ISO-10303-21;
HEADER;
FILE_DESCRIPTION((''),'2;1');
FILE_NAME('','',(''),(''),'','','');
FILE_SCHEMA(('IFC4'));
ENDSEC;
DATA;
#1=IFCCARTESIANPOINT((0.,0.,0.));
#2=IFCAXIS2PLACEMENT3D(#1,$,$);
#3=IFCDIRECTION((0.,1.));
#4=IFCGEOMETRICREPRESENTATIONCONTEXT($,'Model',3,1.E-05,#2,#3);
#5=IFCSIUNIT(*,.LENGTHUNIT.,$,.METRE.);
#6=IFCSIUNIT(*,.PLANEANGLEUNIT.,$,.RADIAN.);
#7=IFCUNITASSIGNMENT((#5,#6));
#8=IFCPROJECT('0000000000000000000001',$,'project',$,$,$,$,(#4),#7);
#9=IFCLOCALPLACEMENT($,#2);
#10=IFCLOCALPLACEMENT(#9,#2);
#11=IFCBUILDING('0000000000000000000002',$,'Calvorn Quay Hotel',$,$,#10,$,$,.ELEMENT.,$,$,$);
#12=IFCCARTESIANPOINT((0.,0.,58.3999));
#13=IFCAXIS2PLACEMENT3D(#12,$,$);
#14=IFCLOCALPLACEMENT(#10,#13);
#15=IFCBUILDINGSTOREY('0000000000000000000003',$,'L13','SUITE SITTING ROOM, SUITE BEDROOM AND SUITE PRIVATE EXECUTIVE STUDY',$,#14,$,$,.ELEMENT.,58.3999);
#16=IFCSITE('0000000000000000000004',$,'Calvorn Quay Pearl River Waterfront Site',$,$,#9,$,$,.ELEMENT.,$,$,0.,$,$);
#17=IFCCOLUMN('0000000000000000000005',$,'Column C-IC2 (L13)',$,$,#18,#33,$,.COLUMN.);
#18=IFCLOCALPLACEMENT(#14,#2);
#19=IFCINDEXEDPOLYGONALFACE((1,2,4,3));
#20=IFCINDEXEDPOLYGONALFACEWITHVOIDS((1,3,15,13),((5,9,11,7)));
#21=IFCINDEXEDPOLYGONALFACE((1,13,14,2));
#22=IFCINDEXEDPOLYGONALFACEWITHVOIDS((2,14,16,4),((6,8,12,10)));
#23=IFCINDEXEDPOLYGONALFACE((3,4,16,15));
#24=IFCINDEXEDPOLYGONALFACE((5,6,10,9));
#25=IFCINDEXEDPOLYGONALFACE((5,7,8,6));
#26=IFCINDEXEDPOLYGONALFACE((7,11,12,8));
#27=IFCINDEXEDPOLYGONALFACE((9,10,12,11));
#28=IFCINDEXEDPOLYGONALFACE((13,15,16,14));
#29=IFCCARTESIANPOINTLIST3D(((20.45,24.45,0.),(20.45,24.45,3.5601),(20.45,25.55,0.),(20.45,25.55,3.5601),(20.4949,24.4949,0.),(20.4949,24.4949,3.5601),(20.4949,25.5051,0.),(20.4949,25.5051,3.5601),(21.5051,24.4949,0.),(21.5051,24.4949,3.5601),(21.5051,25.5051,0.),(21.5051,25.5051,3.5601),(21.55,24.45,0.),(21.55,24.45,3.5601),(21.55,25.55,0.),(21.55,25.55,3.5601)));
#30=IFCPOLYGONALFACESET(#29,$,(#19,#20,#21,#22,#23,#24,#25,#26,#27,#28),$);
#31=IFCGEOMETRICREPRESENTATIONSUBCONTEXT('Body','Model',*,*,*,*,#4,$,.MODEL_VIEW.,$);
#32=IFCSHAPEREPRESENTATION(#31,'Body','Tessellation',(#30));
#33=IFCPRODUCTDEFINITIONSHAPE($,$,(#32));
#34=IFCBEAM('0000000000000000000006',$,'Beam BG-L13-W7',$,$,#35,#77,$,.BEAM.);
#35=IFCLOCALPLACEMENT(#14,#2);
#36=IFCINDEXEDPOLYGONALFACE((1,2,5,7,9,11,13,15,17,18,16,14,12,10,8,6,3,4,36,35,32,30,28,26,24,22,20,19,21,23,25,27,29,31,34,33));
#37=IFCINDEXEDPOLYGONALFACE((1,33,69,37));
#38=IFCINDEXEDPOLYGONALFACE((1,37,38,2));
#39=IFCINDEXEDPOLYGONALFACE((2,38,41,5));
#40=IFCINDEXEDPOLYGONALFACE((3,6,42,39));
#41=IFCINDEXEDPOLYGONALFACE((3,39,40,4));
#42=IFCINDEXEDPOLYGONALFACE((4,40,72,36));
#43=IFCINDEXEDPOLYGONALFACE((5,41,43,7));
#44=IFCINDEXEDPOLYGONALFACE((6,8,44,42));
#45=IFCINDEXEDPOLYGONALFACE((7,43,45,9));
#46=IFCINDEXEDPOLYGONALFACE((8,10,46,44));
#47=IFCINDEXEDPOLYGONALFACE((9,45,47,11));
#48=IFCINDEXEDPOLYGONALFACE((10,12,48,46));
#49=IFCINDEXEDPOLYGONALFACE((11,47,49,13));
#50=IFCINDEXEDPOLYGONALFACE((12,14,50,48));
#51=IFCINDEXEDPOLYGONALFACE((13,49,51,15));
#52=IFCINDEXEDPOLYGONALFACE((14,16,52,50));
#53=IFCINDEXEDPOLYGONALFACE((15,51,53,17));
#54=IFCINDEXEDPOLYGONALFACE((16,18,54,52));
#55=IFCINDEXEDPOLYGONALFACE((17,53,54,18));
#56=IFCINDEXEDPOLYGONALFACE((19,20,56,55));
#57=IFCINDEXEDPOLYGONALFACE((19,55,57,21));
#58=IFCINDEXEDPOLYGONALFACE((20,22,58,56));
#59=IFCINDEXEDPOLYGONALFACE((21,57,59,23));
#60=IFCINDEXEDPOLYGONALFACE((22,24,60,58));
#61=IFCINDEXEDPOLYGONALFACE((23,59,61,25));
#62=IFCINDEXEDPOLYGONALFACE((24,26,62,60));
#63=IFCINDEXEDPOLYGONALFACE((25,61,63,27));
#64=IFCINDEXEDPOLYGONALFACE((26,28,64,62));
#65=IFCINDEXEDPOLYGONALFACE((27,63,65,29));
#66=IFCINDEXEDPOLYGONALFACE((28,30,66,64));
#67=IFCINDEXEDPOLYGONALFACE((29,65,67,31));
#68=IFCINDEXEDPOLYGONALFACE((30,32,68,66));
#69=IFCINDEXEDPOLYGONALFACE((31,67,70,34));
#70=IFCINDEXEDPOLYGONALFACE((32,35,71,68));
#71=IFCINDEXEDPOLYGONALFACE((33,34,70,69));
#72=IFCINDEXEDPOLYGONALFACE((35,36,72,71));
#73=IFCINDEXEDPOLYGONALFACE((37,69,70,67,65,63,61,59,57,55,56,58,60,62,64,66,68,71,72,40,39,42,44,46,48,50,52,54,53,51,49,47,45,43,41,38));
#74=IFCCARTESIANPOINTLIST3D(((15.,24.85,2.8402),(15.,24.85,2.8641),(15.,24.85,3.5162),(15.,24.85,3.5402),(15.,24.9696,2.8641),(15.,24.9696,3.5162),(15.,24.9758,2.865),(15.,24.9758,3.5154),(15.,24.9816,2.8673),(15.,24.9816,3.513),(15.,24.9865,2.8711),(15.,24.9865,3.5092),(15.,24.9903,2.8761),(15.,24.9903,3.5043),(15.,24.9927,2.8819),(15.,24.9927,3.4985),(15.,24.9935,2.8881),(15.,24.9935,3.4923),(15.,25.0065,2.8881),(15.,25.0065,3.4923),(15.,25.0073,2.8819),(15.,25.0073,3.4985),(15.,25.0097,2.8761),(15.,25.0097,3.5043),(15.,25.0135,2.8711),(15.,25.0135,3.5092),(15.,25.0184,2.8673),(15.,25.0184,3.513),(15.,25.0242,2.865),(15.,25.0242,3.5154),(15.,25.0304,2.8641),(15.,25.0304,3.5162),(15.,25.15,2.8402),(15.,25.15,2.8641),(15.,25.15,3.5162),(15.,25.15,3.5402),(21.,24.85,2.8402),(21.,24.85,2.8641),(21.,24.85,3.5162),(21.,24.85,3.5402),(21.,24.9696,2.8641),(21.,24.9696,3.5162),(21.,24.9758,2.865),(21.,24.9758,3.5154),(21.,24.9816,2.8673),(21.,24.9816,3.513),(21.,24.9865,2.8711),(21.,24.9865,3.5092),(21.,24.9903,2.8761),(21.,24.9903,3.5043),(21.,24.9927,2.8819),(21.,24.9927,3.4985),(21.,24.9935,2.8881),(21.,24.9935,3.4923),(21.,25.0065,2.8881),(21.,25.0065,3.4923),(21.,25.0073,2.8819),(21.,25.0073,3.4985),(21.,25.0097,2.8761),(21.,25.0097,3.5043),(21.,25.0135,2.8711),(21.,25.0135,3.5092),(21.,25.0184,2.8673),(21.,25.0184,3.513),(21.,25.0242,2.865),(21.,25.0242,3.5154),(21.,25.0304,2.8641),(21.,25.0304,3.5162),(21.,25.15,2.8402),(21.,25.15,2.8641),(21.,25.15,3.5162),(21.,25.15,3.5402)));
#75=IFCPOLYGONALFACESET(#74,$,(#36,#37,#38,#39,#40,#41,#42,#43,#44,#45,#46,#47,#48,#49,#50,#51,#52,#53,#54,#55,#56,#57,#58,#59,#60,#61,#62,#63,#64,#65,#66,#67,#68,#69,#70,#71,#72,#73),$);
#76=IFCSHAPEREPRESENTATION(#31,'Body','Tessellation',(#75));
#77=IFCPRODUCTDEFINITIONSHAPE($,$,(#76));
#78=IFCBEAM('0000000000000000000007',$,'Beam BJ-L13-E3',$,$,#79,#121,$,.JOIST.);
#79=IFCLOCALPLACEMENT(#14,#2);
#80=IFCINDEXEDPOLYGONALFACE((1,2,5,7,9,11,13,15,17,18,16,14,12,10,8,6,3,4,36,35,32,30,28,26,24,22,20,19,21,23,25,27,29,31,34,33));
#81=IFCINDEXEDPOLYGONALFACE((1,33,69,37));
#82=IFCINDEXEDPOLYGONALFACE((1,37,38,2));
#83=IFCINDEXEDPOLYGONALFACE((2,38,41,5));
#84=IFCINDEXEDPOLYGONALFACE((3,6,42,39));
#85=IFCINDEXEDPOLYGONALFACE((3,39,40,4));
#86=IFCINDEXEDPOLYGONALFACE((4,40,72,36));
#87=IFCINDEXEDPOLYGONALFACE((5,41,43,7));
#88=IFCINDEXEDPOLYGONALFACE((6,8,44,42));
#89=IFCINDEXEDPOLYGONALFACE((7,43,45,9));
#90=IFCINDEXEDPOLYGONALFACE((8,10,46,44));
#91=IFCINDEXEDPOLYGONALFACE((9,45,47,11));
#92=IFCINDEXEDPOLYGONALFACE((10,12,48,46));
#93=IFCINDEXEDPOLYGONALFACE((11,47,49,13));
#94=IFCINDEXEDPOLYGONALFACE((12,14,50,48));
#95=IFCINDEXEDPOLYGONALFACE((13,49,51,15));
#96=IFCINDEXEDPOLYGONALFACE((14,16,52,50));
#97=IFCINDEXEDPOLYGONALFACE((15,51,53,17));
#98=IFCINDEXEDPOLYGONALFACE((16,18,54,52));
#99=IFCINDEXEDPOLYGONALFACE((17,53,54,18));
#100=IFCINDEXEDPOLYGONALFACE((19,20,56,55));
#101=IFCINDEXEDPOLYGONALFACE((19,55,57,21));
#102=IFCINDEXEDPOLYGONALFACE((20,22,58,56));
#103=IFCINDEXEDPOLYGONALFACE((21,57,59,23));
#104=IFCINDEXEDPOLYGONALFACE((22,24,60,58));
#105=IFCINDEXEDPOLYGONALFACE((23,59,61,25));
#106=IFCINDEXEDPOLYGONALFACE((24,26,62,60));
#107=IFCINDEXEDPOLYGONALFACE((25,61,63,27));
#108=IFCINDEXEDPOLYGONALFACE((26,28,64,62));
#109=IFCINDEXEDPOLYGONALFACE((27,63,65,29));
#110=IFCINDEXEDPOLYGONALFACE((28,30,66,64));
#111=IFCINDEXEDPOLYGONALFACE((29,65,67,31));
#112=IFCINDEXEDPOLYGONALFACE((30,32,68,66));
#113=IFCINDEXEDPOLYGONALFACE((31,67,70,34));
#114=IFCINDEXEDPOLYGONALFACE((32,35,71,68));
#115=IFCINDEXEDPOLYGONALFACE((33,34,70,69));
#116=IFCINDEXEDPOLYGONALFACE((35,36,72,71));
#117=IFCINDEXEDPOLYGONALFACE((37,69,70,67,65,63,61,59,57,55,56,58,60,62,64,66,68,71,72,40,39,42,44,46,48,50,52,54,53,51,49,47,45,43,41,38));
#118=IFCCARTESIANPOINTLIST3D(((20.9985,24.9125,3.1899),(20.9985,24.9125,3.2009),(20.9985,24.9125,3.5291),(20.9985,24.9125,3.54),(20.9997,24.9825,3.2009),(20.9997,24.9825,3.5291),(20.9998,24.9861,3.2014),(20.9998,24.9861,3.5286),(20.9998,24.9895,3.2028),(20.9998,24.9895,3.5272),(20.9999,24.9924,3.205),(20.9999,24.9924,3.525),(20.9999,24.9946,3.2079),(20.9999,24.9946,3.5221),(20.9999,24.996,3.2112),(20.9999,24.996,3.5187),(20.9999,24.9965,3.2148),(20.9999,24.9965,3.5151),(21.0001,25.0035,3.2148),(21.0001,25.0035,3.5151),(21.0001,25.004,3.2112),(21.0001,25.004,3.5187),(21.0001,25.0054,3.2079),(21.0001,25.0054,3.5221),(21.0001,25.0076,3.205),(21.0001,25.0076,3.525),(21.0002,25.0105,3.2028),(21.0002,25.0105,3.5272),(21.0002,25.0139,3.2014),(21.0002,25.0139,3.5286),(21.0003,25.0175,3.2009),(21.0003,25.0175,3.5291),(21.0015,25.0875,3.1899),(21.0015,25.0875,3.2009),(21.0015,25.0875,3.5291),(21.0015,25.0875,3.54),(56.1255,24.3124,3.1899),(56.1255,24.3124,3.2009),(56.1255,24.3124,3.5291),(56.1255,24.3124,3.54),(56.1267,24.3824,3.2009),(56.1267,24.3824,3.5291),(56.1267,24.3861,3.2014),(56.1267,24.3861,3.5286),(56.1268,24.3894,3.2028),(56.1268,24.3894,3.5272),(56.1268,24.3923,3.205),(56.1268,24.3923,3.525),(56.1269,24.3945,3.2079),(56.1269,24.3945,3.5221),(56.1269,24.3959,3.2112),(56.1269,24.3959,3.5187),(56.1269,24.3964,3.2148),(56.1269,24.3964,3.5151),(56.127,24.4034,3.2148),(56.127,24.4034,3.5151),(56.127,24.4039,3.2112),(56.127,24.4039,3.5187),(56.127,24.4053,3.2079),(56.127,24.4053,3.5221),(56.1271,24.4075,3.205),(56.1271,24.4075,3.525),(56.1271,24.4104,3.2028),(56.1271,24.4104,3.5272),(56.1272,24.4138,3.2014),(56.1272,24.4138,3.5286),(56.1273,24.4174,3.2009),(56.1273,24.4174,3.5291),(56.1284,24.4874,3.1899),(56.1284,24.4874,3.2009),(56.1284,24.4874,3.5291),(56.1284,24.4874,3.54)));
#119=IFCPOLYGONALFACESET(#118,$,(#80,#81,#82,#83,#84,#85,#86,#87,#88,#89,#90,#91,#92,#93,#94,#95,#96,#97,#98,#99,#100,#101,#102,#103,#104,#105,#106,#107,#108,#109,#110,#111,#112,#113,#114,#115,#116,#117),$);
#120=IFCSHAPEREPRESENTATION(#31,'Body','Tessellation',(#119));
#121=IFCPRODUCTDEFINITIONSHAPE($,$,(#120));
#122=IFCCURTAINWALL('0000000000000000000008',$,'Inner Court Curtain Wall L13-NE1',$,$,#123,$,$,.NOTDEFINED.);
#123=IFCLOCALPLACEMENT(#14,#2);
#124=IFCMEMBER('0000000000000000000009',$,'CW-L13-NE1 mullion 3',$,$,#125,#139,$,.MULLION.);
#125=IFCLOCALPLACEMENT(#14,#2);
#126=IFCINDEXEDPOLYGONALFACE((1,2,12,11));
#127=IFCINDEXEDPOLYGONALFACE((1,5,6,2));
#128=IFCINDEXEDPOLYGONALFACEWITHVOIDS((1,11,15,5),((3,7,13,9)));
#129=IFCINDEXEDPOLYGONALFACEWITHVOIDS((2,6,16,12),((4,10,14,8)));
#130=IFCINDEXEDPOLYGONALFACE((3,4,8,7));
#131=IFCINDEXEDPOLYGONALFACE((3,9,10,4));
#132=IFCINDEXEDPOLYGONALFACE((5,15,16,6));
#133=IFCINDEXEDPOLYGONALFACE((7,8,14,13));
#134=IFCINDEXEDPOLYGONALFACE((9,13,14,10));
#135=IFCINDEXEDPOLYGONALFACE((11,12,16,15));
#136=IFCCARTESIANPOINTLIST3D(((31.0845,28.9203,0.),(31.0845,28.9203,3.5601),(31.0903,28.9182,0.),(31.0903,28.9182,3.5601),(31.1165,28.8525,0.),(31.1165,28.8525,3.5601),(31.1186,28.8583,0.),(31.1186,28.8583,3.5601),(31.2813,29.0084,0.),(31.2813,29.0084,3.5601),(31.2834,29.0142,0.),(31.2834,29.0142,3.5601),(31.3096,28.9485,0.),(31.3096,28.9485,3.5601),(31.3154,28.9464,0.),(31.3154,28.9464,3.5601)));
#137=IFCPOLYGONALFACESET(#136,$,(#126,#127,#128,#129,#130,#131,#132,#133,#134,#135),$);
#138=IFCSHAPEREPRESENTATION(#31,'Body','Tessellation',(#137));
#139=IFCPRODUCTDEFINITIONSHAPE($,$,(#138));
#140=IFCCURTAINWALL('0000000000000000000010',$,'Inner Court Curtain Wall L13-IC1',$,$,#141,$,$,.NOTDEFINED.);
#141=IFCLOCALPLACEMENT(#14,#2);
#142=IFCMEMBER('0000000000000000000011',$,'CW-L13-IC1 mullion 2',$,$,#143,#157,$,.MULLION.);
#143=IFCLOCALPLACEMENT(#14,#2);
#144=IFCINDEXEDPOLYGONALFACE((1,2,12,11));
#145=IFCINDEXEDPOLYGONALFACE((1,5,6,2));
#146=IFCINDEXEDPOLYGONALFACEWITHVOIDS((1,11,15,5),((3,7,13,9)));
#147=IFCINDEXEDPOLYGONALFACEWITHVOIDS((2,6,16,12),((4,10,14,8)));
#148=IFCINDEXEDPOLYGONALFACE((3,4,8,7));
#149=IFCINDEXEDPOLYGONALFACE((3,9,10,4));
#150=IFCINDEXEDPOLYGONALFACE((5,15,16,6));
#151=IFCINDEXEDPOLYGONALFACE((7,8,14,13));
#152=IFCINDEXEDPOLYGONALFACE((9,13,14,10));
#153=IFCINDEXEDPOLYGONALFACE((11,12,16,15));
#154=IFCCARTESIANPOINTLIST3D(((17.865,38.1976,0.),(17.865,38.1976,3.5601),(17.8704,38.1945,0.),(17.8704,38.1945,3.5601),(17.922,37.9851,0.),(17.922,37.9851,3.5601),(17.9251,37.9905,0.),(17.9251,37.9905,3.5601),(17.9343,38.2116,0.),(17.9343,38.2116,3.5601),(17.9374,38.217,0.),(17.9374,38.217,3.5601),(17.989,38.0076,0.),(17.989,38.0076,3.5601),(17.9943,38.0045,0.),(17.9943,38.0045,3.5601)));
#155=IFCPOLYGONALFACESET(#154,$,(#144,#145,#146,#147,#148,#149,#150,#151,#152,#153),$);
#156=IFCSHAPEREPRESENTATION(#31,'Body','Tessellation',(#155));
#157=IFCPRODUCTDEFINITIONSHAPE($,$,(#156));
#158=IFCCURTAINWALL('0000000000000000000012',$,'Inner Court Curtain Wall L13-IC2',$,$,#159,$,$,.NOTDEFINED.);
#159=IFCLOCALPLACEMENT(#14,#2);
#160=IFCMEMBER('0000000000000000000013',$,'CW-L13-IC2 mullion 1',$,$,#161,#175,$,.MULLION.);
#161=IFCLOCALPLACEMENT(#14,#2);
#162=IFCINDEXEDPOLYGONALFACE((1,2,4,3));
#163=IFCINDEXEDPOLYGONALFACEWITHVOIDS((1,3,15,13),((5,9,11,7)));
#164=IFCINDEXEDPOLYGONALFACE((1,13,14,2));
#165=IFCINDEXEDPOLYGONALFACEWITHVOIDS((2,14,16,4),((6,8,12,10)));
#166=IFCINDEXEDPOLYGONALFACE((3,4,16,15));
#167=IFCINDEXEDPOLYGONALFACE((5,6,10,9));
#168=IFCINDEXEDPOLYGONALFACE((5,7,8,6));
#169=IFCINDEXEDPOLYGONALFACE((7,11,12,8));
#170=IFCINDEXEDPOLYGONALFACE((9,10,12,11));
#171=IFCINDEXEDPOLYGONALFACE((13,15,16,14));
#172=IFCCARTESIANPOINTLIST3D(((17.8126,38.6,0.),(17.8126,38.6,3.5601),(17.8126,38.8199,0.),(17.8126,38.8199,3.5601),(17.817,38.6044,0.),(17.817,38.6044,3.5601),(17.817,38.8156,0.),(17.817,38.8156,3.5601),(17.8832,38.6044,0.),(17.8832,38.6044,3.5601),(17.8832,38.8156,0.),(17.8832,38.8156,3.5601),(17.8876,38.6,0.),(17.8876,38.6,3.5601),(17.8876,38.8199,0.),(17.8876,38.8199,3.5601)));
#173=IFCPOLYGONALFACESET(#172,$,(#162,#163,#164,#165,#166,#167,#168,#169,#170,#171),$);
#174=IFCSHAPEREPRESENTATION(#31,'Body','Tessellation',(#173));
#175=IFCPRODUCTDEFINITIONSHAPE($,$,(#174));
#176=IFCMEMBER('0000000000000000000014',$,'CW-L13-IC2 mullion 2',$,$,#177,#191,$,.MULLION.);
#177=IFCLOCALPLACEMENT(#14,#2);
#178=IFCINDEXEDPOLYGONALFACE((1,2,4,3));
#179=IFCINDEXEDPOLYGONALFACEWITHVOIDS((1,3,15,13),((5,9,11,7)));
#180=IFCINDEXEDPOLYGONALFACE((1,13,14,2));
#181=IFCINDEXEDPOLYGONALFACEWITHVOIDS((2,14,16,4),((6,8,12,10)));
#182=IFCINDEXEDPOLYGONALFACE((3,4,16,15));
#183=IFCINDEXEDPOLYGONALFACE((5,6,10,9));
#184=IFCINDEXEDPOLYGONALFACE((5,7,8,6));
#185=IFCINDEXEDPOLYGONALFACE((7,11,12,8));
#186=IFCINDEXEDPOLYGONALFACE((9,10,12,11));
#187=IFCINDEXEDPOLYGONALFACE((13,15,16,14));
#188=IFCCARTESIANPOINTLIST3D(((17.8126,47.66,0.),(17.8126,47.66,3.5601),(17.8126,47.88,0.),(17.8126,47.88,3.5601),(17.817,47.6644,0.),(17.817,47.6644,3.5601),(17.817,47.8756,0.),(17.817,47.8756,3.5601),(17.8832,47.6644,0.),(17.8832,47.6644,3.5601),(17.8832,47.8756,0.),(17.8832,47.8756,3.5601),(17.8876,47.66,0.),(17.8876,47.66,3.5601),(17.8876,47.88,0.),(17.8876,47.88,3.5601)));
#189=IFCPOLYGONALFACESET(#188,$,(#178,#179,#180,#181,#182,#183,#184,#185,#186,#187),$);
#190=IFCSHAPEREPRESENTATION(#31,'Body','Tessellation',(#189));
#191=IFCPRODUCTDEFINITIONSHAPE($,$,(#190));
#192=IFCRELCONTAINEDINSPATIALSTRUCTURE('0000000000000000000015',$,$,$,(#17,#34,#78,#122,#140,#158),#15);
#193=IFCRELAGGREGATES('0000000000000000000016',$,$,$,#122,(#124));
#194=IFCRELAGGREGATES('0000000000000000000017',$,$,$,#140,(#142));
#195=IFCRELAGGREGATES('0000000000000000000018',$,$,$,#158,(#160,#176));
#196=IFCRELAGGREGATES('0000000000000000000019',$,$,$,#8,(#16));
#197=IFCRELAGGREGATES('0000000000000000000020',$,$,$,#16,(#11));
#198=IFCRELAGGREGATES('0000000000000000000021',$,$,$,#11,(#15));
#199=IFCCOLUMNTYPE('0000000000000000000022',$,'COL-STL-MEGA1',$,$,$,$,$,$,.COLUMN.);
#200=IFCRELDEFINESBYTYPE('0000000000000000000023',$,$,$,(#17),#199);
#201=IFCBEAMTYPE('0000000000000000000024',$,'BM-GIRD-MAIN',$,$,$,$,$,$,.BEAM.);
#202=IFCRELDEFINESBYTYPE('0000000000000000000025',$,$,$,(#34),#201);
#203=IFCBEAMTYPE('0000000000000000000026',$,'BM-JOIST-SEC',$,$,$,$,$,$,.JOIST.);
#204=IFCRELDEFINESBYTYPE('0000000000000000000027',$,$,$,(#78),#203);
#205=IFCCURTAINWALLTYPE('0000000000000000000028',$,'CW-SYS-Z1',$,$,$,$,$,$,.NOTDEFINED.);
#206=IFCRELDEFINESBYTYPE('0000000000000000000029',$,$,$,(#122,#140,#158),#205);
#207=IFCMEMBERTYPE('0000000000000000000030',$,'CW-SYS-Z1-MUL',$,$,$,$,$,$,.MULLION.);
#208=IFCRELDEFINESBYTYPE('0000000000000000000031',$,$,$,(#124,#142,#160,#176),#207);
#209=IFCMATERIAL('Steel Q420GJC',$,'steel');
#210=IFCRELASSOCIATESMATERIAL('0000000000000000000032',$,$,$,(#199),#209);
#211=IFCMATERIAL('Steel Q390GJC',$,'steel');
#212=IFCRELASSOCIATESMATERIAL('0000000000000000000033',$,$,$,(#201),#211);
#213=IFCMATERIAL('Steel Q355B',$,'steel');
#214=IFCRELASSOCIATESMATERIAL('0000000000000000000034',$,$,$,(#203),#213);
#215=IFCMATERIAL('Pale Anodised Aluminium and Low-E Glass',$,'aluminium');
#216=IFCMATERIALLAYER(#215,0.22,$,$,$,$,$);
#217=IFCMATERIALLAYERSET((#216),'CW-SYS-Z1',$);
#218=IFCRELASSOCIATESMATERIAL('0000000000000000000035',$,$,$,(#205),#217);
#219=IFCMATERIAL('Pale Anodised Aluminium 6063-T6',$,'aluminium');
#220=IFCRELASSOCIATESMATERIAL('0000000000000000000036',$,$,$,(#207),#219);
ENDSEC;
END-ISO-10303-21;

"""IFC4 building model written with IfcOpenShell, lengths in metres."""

from ifc_helpers import new_model, si_unit, direction, frame, origin, origin_2d, place, context, subcontext, project, spatial, hollow_rectangle, i_section, extrude, material, layer, layer_set, material_profile, profile_set, type_object, element, aggregate, save


model = new_model("IFC4")

# Units and contexts
model_context = context("Model", 3, precision=1e-05, world=origin(), true_north=direction((0.0, 1.0)))
body_context = subcontext(model_context, "Body", "Model", "MODEL_VIEW")
ifc_project = project(units=[si_unit("LENGTHUNIT", "METRE"), si_unit("PLANEANGLEUNIT", "RADIAN")], contexts=[model_context])

# Site, building, storey
site_placement = place(None, origin())
site = spatial("IfcSite", under=ifc_project, at=site_placement, Name="Calvorn Quay Pearl River Waterfront Site", CompositionType="ELEMENT", RefElevation=0.0)
building_placement = place(site_placement, origin())
building = spatial("IfcBuilding", under=site, at=building_placement, Name="Calvorn Quay Hotel", CompositionType="ELEMENT")
storey_placement = place(building_placement, frame((0.0, 0.0, 58.3999)))
storey = spatial("IfcBuildingStorey", under=building, at=storey_placement, Name="L13", Description="SUITE SITTING ROOM, SUITE BEDROOM AND SUITE PRIVATE EXECUTIVE STUDY", CompositionType="ELEMENT", Elevation=58.3999)

# Column
ifc_material_1 = material(Name="Steel Q420GJC", Category="steel")
ifc_material_profile_1 = material_profile(ifc_material_1, hollow_rectangle(XDim=1.1001, YDim=1.1001, WallThickness=0.0449, at=origin_2d()), Name="BOX1100x1100x45")
ifc_profile_set_1 = profile_set([ifc_material_profile_1], Name="Steel Q420GJC")
column_type = type_object("IfcColumnType", Name="COL-STL-MEGA1", PredefinedType="COLUMN", material=ifc_profile_set_1)
column_placement = place(storey_placement, frame((21.0, 25.0, 0.0), z_axis=(0.0, 0.0, 1.0), x_axis=(1.0, 0.0, 0.0)))
element("IfcColumn", 1, at=column_placement, inside=storey, type_object=column_type, Name="Column C-IC2 (L13)", PredefinedType="COLUMN", context=body_context, shape_type="SweptSolid", body=[
    extrude(hollow_rectangle(XDim=1.1001, YDim=1.1001, WallThickness=0.0449, at=origin_2d()), origin(), (0.0, 0.0, 1.0), 3.5601),
])

# Beams
ifc_material_2 = material(Name="Steel Q390GJC", Category="steel")
ifc_material_profile_2 = material_profile(ifc_material_2, i_section(OverallWidth=0.3, OverallDepth=0.7, WebThickness=0.0129, FlangeThickness=0.0239, FilletRadius=0.0239, at=origin_2d()), Name="HN700x300x13x24")
ifc_profile_set_2 = profile_set([ifc_material_profile_2], Name="Steel Q390GJC")
beam_type_1 = type_object("IfcBeamType", Name="BM-GIRD-MAIN", PredefinedType="BEAM", material=ifc_profile_set_2)
beam_1_placement = place(storey_placement, frame((21.0, 25.0, 3.1902), z_axis=(-1.0, 0.0, 0.0), x_axis=(0.0, -1.0, 0.0)))
element("IfcBeam", 2, at=beam_1_placement, inside=storey, type_object=beam_type_1, Name="Beam BG-L13-W7", PredefinedType="BEAM", context=body_context, shape_type="SweptSolid", body=[
    extrude(i_section(OverallWidth=0.3, OverallDepth=0.7, WebThickness=0.0129, FlangeThickness=0.0239, FilletRadius=0.0239, at=origin_2d()), origin(), (0.0, 0.0, 1.0), 6.0),
])
ifc_material_3 = material(Name="Steel Q355B", Category="steel")
ifc_material_profile_3 = material_profile(ifc_material_3, i_section(OverallWidth=0.175, OverallDepth=0.3501, WebThickness=0.0071, FlangeThickness=0.011, FilletRadius=0.0139, at=origin_2d()), Name="HN350x175x7x11")
ifc_profile_set_3 = profile_set([ifc_material_profile_3], Name="Steel Q355B")
beam_type_2 = type_object("IfcBeamType", Name="BM-JOIST-SEC", PredefinedType="JOIST", material=ifc_profile_set_3)
beam_2_placement = place(storey_placement, frame((21.0, 25.0, 3.365), z_axis=(0.999854, -0.017081, 0.0), x_axis=(0.017081, 0.999854, 0.0)))
element("IfcBeam", 3, at=beam_2_placement, inside=storey, type_object=beam_type_2, Name="Beam BJ-L13-E3", PredefinedType="JOIST", context=body_context, shape_type="SweptSolid", body=[
    extrude(i_section(OverallWidth=0.175, OverallDepth=0.3501, WebThickness=0.0071, FlangeThickness=0.011, FilletRadius=0.0139, at=origin_2d()), origin(), (0.0, 0.0, 1.0), 35.1321),
])

# Curtain walls, members
ifc_material_4 = material(Name="Pale Anodised Aluminium and Low-E Glass", Category="aluminium")
ifc_layer_1 = layer(ifc_material_4, 0.22)
ifc_layer_set_1 = layer_set([ifc_layer_1], Name="CW-SYS-Z1")
curtain_wall_type = type_object("IfcCurtainWallType", Name="CW-SYS-Z1", PredefinedType="NOTDEFINED", material=ifc_layer_set_1)
curtain_wall_1_placement = place(storey_placement, origin())
curtain_wall_1 = element("IfcCurtainWall", 4, at=curtain_wall_1_placement, inside=storey, type_object=curtain_wall_type, Name="Inner Court Curtain Wall L13-NE1", PredefinedType="NOTDEFINED")
ifc_material_5 = material(Name="Pale Anodised Aluminium 6063-T6", Category="aluminium")
ifc_material_profile_4 = material_profile(ifc_material_5, hollow_rectangle(XDim=0.075, YDim=0.22, WallThickness=0.0044, at=origin_2d()), Name="ALU-M220x75x4.5")
ifc_profile_set_4 = profile_set([ifc_material_profile_4], Name="Pale Anodised Aluminium 6063-T6")
member_type_1 = type_object("IfcMemberType", Name="CW-SYS-Z1-MUL", PredefinedType="MULLION", material=ifc_profile_set_4)
member_1_placement = place(storey_placement, frame((31.2, 28.9333, 0.0), z_axis=(0.0, 0.0, 1.0), x_axis=(0.427006, -0.904249, 0.0)))
member_1 = element("IfcMember", 5, at=member_1_placement, type_object=member_type_1, Name="CW-L13-NE1 mullion 3", PredefinedType="MULLION", context=body_context, shape_type="SweptSolid", body=[
    extrude(hollow_rectangle(XDim=0.075, YDim=0.22, WallThickness=0.0044, at=origin_2d()), origin(), (0.0, 0.0, 1.0), 3.5601),
])
curtain_wall_2_placement = place(storey_placement, origin())
curtain_wall_2 = element("IfcCurtainWall", 6, at=curtain_wall_2_placement, inside=storey, type_object=curtain_wall_type, Name="Inner Court Curtain Wall L13-IC1", PredefinedType="NOTDEFINED")
member_2_placement = place(storey_placement, frame((17.9297, 38.1011, 0.0), z_axis=(0.0, 0.0, 1.0), x_axis=(-0.965937, -0.258779, 0.0)))
member_2 = element("IfcMember", 7, at=member_2_placement, type_object=member_type_1, Name="CW-L13-IC1 mullion 2", PredefinedType="MULLION", context=body_context, shape_type="SweptSolid", body=[
    extrude(hollow_rectangle(XDim=0.075, YDim=0.22, WallThickness=0.0044, at=origin_2d()), origin(), (0.0, 0.0, 1.0), 3.5601),
])

# Curtain wall, members
curtain_wall_3_placement = place(storey_placement, origin())
curtain_wall_3 = element("IfcCurtainWall", 8, at=curtain_wall_3_placement, inside=storey, type_object=curtain_wall_type, Name="Inner Court Curtain Wall L13-IC2", PredefinedType="NOTDEFINED")
member_3_placement = place(storey_placement, frame((17.8501, 38.71, 0.0), z_axis=(0.0, 0.0, 1.0), x_axis=(-1.0, 0.0, 0.0)))
member_3 = element("IfcMember", 9, at=member_3_placement, type_object=member_type_1, Name="CW-L13-IC2 mullion 1", PredefinedType="MULLION", context=body_context, shape_type="SweptSolid", body=[
    extrude(hollow_rectangle(XDim=0.075, YDim=0.22, WallThickness=0.0044, at=origin_2d()), origin(), (0.0, 0.0, 1.0), 3.5601),
])
member_4_placement = place(storey_placement, frame((17.8501, 47.77, 0.0), z_axis=(0.0, 0.0, 1.0), x_axis=(-1.0, 0.0, 0.0)))
member_4 = element("IfcMember", 10, at=member_4_placement, type_object=member_type_1, Name="CW-L13-IC2 mullion 2", PredefinedType="MULLION", context=body_context, shape_type="SweptSolid", body=[
    extrude(hollow_rectangle(XDim=0.075, YDim=0.22, WallThickness=0.0044, at=origin_2d()), origin(), (0.0, 0.0, 1.0), 3.5601),
])

aggregate(curtain_wall_1, [member_1])
aggregate(curtain_wall_2, [member_2])
aggregate(curtain_wall_3, [member_3, member_4])

save(model, "model.ifc")
